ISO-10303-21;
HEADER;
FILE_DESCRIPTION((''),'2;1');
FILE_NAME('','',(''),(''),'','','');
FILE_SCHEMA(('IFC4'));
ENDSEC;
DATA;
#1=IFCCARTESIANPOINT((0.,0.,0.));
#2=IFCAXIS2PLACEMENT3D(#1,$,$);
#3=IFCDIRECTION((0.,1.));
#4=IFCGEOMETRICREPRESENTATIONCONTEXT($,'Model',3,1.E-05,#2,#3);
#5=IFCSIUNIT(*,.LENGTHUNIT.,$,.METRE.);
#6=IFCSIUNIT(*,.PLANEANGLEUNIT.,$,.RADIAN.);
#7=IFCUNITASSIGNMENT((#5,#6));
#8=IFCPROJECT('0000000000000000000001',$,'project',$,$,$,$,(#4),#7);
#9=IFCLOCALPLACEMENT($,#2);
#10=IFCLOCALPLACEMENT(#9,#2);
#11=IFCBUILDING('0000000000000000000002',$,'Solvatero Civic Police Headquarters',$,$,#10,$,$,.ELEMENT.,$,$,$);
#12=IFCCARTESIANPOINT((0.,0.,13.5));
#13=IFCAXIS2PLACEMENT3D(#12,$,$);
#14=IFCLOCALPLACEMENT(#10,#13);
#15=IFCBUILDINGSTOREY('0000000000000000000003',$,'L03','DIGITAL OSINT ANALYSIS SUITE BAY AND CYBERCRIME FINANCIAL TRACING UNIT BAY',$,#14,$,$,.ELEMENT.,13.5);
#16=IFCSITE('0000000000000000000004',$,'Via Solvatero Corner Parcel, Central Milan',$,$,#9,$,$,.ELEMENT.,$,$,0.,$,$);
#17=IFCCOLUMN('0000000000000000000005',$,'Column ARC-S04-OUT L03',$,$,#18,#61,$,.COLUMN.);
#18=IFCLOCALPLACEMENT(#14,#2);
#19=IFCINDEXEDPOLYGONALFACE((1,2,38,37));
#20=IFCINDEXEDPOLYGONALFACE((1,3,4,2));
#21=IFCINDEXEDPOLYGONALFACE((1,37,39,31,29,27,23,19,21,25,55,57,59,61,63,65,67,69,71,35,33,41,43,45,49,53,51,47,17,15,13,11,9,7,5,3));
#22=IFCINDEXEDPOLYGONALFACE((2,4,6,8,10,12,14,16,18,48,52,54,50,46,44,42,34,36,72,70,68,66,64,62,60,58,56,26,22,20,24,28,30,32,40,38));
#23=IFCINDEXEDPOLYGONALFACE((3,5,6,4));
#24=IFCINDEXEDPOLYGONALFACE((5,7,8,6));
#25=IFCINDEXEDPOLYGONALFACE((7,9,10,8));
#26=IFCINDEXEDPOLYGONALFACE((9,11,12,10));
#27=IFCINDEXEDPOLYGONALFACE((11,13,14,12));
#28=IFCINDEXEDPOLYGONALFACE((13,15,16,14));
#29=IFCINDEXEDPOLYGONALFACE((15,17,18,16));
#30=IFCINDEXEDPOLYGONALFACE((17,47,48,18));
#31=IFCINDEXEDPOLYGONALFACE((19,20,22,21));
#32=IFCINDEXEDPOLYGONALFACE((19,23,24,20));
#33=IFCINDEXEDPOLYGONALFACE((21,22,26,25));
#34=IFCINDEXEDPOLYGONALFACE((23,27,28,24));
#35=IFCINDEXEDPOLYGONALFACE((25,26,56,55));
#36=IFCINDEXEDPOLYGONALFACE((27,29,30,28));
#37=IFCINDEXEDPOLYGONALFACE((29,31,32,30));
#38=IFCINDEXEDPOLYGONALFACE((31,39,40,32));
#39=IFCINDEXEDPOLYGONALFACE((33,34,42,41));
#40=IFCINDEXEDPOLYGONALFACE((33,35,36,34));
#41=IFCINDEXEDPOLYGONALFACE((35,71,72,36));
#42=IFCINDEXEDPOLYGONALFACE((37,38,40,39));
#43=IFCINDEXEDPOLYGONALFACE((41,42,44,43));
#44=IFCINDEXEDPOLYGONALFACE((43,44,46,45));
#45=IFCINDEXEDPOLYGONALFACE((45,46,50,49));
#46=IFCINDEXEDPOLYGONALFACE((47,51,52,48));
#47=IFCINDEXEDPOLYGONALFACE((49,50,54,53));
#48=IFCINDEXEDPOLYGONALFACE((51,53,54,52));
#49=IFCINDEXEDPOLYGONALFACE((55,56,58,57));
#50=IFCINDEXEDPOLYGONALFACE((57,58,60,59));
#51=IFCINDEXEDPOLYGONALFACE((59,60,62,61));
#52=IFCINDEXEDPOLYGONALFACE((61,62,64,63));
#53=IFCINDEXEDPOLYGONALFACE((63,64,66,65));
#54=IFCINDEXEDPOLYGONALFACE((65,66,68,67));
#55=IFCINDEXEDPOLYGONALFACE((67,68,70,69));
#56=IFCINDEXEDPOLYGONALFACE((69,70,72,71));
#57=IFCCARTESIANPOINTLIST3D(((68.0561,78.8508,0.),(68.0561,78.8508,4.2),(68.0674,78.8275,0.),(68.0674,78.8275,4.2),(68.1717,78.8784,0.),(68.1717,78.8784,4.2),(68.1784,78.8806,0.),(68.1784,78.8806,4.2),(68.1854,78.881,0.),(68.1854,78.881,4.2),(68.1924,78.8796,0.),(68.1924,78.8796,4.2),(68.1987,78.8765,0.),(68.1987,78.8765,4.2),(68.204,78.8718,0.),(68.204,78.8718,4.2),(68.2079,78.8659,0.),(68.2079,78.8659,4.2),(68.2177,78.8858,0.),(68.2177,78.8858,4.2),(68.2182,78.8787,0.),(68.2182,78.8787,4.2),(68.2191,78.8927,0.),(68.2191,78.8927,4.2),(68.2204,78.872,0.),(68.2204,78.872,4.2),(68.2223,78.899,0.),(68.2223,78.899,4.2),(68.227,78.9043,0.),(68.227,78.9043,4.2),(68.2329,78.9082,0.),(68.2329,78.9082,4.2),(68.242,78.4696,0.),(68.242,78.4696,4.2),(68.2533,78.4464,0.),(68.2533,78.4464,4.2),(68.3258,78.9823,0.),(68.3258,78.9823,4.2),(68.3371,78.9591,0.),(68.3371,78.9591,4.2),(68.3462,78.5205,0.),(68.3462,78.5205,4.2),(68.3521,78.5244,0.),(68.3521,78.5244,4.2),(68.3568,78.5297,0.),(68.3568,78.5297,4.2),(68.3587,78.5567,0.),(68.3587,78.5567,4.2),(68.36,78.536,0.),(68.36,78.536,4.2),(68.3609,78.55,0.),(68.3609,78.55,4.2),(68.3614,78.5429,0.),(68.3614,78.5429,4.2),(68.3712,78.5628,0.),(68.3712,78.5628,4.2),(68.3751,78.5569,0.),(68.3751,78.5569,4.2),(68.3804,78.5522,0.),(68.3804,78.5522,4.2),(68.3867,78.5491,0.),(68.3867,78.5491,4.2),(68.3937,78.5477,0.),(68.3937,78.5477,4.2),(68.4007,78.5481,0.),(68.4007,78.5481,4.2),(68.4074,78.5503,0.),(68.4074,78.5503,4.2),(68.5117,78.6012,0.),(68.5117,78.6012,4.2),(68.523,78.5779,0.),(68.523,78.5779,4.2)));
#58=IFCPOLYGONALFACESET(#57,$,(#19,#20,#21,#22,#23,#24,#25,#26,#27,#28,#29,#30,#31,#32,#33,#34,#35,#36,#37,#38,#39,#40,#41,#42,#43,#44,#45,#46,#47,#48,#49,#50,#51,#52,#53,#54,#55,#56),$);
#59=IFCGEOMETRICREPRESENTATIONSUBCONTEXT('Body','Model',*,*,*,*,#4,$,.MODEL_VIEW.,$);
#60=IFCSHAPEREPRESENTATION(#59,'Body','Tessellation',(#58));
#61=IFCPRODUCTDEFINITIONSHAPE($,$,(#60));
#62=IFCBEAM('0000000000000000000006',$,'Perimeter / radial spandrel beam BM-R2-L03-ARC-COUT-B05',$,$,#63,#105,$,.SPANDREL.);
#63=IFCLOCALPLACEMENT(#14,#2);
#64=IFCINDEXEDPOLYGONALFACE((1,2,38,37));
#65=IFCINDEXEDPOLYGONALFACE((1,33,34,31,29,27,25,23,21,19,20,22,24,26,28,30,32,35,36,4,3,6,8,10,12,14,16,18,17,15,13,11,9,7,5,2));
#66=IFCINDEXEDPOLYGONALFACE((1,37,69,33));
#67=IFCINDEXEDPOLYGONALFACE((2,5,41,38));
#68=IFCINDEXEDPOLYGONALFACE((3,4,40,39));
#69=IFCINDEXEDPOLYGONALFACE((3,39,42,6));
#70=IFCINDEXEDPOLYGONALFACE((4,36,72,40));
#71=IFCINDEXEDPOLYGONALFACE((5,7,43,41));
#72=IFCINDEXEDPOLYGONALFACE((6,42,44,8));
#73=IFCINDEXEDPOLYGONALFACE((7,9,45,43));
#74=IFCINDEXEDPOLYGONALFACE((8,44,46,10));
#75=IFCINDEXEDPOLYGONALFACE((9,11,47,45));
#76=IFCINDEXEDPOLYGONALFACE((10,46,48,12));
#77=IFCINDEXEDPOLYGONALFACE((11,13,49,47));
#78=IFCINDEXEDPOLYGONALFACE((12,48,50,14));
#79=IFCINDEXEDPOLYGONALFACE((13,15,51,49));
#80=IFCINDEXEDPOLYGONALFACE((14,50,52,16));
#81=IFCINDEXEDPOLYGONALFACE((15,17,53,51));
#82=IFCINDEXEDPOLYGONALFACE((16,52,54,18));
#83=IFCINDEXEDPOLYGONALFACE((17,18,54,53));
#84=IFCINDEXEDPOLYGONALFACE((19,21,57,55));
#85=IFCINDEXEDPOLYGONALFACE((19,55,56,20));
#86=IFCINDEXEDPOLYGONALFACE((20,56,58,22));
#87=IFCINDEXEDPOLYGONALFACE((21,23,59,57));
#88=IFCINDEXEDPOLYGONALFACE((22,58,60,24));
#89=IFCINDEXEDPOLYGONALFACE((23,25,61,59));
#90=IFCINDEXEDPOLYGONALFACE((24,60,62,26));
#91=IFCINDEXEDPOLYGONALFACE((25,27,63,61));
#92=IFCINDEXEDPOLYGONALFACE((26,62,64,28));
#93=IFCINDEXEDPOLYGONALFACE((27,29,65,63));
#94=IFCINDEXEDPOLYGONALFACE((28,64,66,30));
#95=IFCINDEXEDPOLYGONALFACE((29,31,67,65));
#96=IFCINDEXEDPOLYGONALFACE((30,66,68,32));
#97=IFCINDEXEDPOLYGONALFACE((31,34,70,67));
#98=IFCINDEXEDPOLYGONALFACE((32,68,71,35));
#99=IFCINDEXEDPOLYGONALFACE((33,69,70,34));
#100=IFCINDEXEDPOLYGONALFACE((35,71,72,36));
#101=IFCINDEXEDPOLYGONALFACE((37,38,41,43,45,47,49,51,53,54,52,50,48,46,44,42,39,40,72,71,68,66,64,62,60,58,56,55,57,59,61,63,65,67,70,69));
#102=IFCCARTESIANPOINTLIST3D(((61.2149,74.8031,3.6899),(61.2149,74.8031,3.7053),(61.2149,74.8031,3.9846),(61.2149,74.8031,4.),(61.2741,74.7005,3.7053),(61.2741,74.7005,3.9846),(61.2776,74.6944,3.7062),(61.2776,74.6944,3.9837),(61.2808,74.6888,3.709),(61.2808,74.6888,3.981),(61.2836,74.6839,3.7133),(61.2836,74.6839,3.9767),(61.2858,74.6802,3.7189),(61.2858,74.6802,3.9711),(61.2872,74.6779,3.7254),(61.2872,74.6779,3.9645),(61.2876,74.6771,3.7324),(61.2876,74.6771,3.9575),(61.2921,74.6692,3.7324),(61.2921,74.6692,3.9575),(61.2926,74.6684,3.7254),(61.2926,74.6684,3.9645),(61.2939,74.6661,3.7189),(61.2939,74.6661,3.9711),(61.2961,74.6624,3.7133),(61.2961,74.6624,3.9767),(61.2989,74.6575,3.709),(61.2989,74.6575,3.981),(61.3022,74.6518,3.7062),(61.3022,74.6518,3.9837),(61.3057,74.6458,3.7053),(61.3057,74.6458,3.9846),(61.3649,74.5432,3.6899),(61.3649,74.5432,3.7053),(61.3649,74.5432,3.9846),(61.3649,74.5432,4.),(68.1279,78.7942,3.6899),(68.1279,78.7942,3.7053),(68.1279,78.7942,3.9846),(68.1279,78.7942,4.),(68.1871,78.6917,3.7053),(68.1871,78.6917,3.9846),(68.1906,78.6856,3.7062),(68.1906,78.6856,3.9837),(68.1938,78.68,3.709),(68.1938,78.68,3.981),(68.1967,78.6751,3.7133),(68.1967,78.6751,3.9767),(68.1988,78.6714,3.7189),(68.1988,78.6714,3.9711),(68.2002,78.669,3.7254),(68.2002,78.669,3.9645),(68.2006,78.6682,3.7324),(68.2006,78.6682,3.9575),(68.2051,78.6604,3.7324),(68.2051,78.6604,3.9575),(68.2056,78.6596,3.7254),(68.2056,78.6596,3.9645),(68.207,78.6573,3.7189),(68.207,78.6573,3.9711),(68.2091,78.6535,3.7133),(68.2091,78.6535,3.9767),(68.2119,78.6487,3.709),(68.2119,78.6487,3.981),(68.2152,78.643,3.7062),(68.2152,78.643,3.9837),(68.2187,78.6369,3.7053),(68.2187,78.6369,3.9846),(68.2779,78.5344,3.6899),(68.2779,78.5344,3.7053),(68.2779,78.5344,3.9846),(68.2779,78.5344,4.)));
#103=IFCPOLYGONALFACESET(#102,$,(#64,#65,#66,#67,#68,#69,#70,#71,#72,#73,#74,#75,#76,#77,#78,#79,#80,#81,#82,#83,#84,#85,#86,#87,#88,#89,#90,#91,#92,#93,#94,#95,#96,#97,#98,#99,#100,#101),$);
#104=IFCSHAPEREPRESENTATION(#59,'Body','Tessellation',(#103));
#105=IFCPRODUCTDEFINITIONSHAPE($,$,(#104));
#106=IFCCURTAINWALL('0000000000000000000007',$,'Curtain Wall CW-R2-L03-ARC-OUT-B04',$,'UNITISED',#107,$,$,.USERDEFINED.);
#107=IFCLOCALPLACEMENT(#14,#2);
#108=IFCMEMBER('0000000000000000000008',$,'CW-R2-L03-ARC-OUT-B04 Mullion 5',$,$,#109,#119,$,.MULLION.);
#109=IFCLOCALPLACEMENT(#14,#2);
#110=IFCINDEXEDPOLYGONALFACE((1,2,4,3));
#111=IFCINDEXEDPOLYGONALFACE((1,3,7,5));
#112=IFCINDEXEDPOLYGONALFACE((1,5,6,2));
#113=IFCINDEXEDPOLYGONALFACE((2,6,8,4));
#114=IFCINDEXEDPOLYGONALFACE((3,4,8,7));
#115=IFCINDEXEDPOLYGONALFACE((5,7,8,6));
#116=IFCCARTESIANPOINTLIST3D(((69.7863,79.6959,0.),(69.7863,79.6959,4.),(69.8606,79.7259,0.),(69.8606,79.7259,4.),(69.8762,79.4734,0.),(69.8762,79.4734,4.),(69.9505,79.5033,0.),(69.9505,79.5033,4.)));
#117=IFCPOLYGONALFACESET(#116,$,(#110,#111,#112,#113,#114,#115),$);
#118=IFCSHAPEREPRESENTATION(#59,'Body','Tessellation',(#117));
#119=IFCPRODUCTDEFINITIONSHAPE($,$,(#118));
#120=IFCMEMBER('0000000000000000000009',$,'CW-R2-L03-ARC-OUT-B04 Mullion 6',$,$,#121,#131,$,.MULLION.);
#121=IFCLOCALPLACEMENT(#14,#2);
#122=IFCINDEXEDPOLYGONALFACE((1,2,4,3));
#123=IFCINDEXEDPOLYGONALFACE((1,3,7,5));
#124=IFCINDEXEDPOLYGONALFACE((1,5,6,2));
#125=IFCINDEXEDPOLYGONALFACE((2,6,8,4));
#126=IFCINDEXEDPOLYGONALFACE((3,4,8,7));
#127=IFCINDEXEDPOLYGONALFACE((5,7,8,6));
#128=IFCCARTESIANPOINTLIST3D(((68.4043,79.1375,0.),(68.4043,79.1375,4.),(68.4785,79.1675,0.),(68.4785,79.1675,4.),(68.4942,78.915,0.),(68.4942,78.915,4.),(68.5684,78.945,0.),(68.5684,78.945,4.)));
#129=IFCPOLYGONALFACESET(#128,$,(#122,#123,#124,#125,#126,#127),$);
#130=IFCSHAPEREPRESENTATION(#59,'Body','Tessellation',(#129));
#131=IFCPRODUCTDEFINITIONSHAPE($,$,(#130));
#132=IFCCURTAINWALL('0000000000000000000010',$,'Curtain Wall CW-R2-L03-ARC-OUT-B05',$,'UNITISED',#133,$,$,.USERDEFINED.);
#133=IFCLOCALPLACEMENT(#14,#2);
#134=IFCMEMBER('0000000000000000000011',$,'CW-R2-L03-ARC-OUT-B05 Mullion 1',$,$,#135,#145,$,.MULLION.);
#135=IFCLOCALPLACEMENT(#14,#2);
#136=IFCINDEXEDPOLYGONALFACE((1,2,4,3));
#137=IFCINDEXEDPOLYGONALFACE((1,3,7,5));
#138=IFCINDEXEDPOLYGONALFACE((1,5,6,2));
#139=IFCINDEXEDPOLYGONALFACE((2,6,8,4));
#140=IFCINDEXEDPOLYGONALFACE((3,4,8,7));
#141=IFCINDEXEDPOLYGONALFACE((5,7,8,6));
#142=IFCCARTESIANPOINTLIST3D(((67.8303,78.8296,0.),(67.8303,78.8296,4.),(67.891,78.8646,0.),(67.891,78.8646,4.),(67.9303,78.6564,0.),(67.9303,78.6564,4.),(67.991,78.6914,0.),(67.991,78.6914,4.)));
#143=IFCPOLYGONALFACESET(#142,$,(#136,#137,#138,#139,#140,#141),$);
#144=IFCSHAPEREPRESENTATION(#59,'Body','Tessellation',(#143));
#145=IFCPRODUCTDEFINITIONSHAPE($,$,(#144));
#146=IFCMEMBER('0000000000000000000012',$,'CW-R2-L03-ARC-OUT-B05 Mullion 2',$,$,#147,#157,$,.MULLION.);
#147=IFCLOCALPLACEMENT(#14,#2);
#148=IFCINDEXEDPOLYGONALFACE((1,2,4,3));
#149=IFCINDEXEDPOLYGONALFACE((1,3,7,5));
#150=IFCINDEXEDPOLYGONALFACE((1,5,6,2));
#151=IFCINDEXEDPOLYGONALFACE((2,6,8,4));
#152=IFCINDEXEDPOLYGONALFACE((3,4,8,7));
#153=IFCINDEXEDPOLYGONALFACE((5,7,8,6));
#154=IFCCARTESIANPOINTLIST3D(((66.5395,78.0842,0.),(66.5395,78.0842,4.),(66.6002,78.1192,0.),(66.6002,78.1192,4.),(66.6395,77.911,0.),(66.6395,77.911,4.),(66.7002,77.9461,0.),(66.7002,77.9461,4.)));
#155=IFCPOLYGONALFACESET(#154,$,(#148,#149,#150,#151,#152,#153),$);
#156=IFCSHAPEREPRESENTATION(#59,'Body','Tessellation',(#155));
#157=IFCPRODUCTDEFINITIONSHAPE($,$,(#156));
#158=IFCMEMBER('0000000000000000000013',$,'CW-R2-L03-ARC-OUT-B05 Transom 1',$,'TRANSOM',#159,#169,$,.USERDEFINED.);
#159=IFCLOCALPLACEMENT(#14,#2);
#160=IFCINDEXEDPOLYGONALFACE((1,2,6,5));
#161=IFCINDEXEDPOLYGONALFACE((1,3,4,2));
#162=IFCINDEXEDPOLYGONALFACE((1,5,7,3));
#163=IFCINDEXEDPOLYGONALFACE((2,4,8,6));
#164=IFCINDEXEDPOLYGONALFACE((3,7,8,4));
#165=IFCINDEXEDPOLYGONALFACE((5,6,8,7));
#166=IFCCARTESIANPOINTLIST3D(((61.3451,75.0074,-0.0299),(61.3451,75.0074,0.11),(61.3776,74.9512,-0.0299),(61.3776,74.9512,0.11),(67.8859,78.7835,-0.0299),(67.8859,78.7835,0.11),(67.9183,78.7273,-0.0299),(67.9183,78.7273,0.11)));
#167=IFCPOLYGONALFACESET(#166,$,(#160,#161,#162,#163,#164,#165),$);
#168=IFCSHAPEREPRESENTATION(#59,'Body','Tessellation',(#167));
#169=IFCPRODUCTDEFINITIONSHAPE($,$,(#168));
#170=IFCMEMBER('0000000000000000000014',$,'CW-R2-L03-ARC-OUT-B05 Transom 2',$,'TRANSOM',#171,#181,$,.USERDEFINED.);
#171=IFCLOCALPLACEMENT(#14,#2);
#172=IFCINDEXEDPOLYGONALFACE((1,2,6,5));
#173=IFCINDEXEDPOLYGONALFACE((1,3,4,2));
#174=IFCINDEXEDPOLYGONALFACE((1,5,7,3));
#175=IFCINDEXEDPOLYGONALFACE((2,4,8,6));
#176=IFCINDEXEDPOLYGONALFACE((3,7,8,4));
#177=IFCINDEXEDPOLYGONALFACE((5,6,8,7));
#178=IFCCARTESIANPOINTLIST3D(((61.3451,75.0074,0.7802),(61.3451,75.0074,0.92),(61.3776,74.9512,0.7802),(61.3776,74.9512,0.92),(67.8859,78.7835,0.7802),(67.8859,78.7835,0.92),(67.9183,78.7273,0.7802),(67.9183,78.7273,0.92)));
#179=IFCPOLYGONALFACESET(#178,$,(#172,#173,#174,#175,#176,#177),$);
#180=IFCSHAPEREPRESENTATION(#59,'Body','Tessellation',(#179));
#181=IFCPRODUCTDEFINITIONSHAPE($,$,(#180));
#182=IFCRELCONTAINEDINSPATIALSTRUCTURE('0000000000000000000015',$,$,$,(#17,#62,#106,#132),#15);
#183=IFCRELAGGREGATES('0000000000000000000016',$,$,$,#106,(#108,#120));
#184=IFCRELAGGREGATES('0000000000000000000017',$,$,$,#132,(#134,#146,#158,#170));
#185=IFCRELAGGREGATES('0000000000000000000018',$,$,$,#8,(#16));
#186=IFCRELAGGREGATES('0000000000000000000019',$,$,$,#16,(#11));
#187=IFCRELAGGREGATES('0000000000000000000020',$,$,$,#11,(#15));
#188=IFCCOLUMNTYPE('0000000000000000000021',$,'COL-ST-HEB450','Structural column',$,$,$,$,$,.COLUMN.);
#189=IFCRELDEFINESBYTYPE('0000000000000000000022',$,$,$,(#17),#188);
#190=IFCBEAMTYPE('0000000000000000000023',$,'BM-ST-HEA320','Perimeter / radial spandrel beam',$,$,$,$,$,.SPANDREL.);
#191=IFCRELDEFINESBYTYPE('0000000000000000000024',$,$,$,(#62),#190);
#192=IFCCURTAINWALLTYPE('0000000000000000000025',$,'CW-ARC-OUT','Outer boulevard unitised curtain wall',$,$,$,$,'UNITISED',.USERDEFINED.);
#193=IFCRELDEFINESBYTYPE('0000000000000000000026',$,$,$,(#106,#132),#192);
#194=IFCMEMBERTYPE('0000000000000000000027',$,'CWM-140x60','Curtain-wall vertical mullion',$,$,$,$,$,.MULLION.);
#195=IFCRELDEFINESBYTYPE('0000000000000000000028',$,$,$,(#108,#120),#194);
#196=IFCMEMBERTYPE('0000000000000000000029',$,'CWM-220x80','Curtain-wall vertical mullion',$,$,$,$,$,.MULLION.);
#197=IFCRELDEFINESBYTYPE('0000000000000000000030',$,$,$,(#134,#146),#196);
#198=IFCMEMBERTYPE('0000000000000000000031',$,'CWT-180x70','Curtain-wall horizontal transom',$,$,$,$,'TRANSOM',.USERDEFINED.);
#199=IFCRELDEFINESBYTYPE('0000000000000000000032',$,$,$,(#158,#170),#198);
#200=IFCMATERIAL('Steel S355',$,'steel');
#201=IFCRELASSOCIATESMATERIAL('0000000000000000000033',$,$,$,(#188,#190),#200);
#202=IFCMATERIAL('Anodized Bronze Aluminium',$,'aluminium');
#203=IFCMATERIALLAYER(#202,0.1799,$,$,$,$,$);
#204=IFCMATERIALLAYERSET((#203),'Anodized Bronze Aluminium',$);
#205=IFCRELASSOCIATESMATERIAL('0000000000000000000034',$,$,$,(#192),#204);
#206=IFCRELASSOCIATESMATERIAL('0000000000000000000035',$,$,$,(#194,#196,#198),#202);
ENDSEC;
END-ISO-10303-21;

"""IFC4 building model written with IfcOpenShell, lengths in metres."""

from ifc_helpers import new_model, si_unit, direction, frame, origin, origin_2d, place, context, subcontext, project, spatial, rectangle, i_section, extrude, material, layer, layer_set, material_profile, profile_set, type_object, element, aggregate, save


model = new_model("IFC4")

# Units and contexts
model_context = context("Model", 3, precision=1e-05, world=origin(), true_north=direction((0.0, 1.0)))
body_context = subcontext(model_context, "Body", "Model", "MODEL_VIEW")
ifc_project = project(units=[si_unit("LENGTHUNIT", "METRE"), si_unit("PLANEANGLEUNIT", "RADIAN")], contexts=[model_context])

# Site, building, storey
site_placement = place(None, origin())
site = spatial("IfcSite", under=ifc_project, at=site_placement, Name="Via Solvatero Corner Parcel, Central Milan", CompositionType="ELEMENT", RefElevation=0.0)
building_placement = place(site_placement, origin())
building = spatial("IfcBuilding", under=site, at=building_placement, Name="Solvatero Civic Police Headquarters", CompositionType="ELEMENT")
storey_placement = place(building_placement, frame((0.0, 0.0, 13.5)))
storey = spatial("IfcBuildingStorey", under=building, at=storey_placement, Name="L03", Description="DIGITAL OSINT ANALYSIS SUITE BAY AND CYBERCRIME FINANCIAL TRACING UNIT BAY", CompositionType="ELEMENT", Elevation=13.5)

# Column
ifc_material_1 = material(Name="Steel S355", Category="steel")
ifc_material_profile_1 = material_profile(ifc_material_1, i_section(OverallWidth=0.3, OverallDepth=0.45, WebThickness=0.0139, FlangeThickness=0.0259, FilletRadius=0.0271, at=origin_2d()), Name="HEB 450")
ifc_profile_set_1 = profile_set([ifc_material_profile_1], Name="Steel S355")
column_type = type_object("IfcColumnType", Name="COL-ST-HEB450", Description="Structural column", PredefinedType="COLUMN", material=ifc_profile_set_1)
column_placement = place(storey_placement, frame((68.2896, 78.7144, 0.0), z_axis=(0.0, 0.0, 1.0), x_axis=(0.898794, 0.438371, 0.0)))
element("IfcColumn", 1, at=column_placement, inside=storey, type_object=column_type, Name="Column ARC-S04-OUT L03", PredefinedType="COLUMN", context=body_context, shape_type="SweptSolid", body=[
    extrude(i_section(OverallWidth=0.3, OverallDepth=0.45, WebThickness=0.0139, FlangeThickness=0.0259, FilletRadius=0.0271, at=origin_2d()), origin(), (0.0, 0.0, 1.0), 4.2),
])

# Beam
ifc_material_profile_2 = material_profile(ifc_material_1, i_section(OverallWidth=0.3, OverallDepth=0.3101, WebThickness=0.009, FlangeThickness=0.0154, FilletRadius=0.0271, at=origin_2d()), Name="HEA 320")
ifc_profile_set_2 = profile_set([ifc_material_profile_2], Name="Steel S355")
beam_type = type_object("IfcBeamType", Name="BM-ST-HEA320", Description="Perimeter / radial spandrel beam", PredefinedType="SPANDREL", material=ifc_profile_set_2)
beam_placement = place(storey_placement, frame((68.2029, 78.6643, 3.845), z_axis=(-0.866029, -0.499994, 0.0), x_axis=(0.499994, -0.866029, 0.0)))
element("IfcBeam", 2, at=beam_placement, inside=storey, type_object=beam_type, Name="Perimeter / radial spandrel beam BM-R2-L03-ARC-COUT-B05", PredefinedType="SPANDREL", context=body_context, shape_type="SweptSolid", body=[
    extrude(i_section(OverallWidth=0.3, OverallDepth=0.3101, WebThickness=0.009, FlangeThickness=0.0154, FilletRadius=0.0271, at=origin_2d()), origin(), (0.0, 0.0, 1.0), 7.9824),
])

# Curtain walls, members
ifc_material_2 = material(Name="Anodized Bronze Aluminium", Category="aluminium")
ifc_layer_1 = layer(ifc_material_2, 0.1799)
ifc_layer_set_1 = layer_set([ifc_layer_1], Name="Anodized Bronze Aluminium")
curtain_wall_type = type_object("IfcCurtainWallType", Name="CW-ARC-OUT", Description="Outer boulevard unitised curtain wall", ElementType="UNITISED", PredefinedType="USERDEFINED", material=ifc_layer_set_1)
curtain_wall_1_placement = place(storey_placement, origin())
curtain_wall_1 = element("IfcCurtainWall", 3, at=curtain_wall_1_placement, inside=storey, type_object=curtain_wall_type, Name="Curtain Wall CW-R2-L03-ARC-OUT-B04", ObjectType="UNITISED", PredefinedType="USERDEFINED")
ifc_material_profile_3 = material_profile(ifc_material_2, rectangle(XDim=0.0801, YDim=0.24, at=origin_2d()), Name="ALU MULLION 80x240")
ifc_profile_set_3 = profile_set([ifc_material_profile_3], Name="Anodized Bronze Aluminium")
member_type_1 = type_object("IfcMemberType", Name="CWM-140x60", Description="Curtain-wall vertical mullion", PredefinedType="MULLION", material=ifc_profile_set_3)
member_1_placement = place(storey_placement, frame((69.8684, 79.5996, 0.0), z_axis=(0.0, 0.0, 1.0), x_axis=(-0.92719, -0.37459, 0.0)))
member_1 = element("IfcMember", 4, at=member_1_placement, type_object=member_type_1, Name="CW-R2-L03-ARC-OUT-B04 Mullion 5", PredefinedType="MULLION", context=body_context, shape_type="SweptSolid", body=[
    extrude(rectangle(XDim=0.0801, YDim=0.24, at=origin_2d()), origin(), (0.0, 0.0, 1.0), 4.0),
])
member_2_placement = place(storey_placement, frame((68.4863, 79.0413, 0.0), z_axis=(0.0, 0.0, 1.0), x_axis=(-0.92719, -0.37459, 0.0)))
member_2 = element("IfcMember", 5, at=member_2_placement, type_object=member_type_1, Name="CW-R2-L03-ARC-OUT-B04 Mullion 6", PredefinedType="MULLION", context=body_context, shape_type="SweptSolid", body=[
    extrude(rectangle(XDim=0.0801, YDim=0.24, at=origin_2d()), origin(), (0.0, 0.0, 1.0), 4.0),
])
curtain_wall_2_placement = place(storey_placement, origin())
curtain_wall_2 = element("IfcCurtainWall", 6, at=curtain_wall_2_placement, inside=storey, type_object=curtain_wall_type, Name="Curtain Wall CW-R2-L03-ARC-OUT-B05", ObjectType="UNITISED", PredefinedType="USERDEFINED")
ifc_material_profile_4 = material_profile(ifc_material_2, rectangle(XDim=0.0701, YDim=0.2, at=origin_2d()), Name="ALU MULLION 70x200")
ifc_profile_set_4 = profile_set([ifc_material_profile_4], Name="Anodized Bronze Aluminium")
member_type_2 = type_object("IfcMemberType", Name="CWM-220x80", Description="Curtain-wall vertical mullion", PredefinedType="MULLION", material=ifc_profile_set_4)
member_3_placement = place(storey_placement, frame((67.9106, 78.7605, 0.0), z_axis=(0.0, 0.0, 1.0), x_axis=(-0.866034, -0.499985, 0.0)))
member_3 = element("IfcMember", 7, at=member_3_placement, type_object=member_type_2, Name="CW-R2-L03-ARC-OUT-B05 Mullion 1", PredefinedType="MULLION", context=body_context, shape_type="SweptSolid", body=[
    extrude(rectangle(XDim=0.0701, YDim=0.2, at=origin_2d()), origin(), (0.0, 0.0, 1.0), 4.0),
])
member_4_placement = place(storey_placement, frame((66.6199, 78.0151, 0.0), z_axis=(0.0, 0.0, 1.0), x_axis=(-0.866034, -0.499985, 0.0)))
member_4 = element("IfcMember", 8, at=member_4_placement, type_object=member_type_2, Name="CW-R2-L03-ARC-OUT-B05 Mullion 2", PredefinedType="MULLION", context=body_context, shape_type="SweptSolid", body=[
    extrude(rectangle(XDim=0.0701, YDim=0.2, at=origin_2d()), origin(), (0.0, 0.0, 1.0), 4.0),
])
ifc_material_profile_5 = material_profile(ifc_material_2, rectangle(XDim=0.0649, YDim=0.1399, at=origin_2d()), Name="ALU TRANSOM 65x140")
ifc_profile_set_5 = profile_set([ifc_material_profile_5], Name="Anodized Bronze Aluminium")
member_type_3 = type_object("IfcMemberType", Name="CWT-180x70", Description="Curtain-wall horizontal transom", ElementType="TRANSOM", PredefinedType="USERDEFINED", material=ifc_profile_set_5)
member_5_placement = place(storey_placement, frame((67.9021, 78.7554, 0.04), z_axis=(-0.866036, -0.499981, 0.0), x_axis=(0.499981, -0.866036, 0.0)))
member_5 = element("IfcMember", 9, at=member_5_placement, type_object=member_type_3, Name="CW-R2-L03-ARC-OUT-B05 Transom 1", ObjectType="TRANSOM", PredefinedType="USERDEFINED", context=body_context, shape_type="SweptSolid", body=[
    extrude(rectangle(XDim=0.0649, YDim=0.1399, at=origin_2d()), origin(), (0.0, 0.0, 1.0), 7.5525),
])
member_6_placement = place(storey_placement, frame((67.9021, 78.7554, 0.8501), z_axis=(-0.866036, -0.499981, 0.0), x_axis=(0.499981, -0.866036, 0.0)))
member_6 = element("IfcMember", 10, at=member_6_placement, type_object=member_type_3, Name="CW-R2-L03-ARC-OUT-B05 Transom 2", ObjectType="TRANSOM", PredefinedType="USERDEFINED", context=body_context, shape_type="SweptSolid", body=[
    extrude(rectangle(XDim=0.0649, YDim=0.1399, at=origin_2d()), origin(), (0.0, 0.0, 1.0), 7.5525),
])

aggregate(curtain_wall_1, [member_1, member_2])
aggregate(curtain_wall_2, [member_3, member_4, member_5, member_6])

save(model, "model.ifc")
